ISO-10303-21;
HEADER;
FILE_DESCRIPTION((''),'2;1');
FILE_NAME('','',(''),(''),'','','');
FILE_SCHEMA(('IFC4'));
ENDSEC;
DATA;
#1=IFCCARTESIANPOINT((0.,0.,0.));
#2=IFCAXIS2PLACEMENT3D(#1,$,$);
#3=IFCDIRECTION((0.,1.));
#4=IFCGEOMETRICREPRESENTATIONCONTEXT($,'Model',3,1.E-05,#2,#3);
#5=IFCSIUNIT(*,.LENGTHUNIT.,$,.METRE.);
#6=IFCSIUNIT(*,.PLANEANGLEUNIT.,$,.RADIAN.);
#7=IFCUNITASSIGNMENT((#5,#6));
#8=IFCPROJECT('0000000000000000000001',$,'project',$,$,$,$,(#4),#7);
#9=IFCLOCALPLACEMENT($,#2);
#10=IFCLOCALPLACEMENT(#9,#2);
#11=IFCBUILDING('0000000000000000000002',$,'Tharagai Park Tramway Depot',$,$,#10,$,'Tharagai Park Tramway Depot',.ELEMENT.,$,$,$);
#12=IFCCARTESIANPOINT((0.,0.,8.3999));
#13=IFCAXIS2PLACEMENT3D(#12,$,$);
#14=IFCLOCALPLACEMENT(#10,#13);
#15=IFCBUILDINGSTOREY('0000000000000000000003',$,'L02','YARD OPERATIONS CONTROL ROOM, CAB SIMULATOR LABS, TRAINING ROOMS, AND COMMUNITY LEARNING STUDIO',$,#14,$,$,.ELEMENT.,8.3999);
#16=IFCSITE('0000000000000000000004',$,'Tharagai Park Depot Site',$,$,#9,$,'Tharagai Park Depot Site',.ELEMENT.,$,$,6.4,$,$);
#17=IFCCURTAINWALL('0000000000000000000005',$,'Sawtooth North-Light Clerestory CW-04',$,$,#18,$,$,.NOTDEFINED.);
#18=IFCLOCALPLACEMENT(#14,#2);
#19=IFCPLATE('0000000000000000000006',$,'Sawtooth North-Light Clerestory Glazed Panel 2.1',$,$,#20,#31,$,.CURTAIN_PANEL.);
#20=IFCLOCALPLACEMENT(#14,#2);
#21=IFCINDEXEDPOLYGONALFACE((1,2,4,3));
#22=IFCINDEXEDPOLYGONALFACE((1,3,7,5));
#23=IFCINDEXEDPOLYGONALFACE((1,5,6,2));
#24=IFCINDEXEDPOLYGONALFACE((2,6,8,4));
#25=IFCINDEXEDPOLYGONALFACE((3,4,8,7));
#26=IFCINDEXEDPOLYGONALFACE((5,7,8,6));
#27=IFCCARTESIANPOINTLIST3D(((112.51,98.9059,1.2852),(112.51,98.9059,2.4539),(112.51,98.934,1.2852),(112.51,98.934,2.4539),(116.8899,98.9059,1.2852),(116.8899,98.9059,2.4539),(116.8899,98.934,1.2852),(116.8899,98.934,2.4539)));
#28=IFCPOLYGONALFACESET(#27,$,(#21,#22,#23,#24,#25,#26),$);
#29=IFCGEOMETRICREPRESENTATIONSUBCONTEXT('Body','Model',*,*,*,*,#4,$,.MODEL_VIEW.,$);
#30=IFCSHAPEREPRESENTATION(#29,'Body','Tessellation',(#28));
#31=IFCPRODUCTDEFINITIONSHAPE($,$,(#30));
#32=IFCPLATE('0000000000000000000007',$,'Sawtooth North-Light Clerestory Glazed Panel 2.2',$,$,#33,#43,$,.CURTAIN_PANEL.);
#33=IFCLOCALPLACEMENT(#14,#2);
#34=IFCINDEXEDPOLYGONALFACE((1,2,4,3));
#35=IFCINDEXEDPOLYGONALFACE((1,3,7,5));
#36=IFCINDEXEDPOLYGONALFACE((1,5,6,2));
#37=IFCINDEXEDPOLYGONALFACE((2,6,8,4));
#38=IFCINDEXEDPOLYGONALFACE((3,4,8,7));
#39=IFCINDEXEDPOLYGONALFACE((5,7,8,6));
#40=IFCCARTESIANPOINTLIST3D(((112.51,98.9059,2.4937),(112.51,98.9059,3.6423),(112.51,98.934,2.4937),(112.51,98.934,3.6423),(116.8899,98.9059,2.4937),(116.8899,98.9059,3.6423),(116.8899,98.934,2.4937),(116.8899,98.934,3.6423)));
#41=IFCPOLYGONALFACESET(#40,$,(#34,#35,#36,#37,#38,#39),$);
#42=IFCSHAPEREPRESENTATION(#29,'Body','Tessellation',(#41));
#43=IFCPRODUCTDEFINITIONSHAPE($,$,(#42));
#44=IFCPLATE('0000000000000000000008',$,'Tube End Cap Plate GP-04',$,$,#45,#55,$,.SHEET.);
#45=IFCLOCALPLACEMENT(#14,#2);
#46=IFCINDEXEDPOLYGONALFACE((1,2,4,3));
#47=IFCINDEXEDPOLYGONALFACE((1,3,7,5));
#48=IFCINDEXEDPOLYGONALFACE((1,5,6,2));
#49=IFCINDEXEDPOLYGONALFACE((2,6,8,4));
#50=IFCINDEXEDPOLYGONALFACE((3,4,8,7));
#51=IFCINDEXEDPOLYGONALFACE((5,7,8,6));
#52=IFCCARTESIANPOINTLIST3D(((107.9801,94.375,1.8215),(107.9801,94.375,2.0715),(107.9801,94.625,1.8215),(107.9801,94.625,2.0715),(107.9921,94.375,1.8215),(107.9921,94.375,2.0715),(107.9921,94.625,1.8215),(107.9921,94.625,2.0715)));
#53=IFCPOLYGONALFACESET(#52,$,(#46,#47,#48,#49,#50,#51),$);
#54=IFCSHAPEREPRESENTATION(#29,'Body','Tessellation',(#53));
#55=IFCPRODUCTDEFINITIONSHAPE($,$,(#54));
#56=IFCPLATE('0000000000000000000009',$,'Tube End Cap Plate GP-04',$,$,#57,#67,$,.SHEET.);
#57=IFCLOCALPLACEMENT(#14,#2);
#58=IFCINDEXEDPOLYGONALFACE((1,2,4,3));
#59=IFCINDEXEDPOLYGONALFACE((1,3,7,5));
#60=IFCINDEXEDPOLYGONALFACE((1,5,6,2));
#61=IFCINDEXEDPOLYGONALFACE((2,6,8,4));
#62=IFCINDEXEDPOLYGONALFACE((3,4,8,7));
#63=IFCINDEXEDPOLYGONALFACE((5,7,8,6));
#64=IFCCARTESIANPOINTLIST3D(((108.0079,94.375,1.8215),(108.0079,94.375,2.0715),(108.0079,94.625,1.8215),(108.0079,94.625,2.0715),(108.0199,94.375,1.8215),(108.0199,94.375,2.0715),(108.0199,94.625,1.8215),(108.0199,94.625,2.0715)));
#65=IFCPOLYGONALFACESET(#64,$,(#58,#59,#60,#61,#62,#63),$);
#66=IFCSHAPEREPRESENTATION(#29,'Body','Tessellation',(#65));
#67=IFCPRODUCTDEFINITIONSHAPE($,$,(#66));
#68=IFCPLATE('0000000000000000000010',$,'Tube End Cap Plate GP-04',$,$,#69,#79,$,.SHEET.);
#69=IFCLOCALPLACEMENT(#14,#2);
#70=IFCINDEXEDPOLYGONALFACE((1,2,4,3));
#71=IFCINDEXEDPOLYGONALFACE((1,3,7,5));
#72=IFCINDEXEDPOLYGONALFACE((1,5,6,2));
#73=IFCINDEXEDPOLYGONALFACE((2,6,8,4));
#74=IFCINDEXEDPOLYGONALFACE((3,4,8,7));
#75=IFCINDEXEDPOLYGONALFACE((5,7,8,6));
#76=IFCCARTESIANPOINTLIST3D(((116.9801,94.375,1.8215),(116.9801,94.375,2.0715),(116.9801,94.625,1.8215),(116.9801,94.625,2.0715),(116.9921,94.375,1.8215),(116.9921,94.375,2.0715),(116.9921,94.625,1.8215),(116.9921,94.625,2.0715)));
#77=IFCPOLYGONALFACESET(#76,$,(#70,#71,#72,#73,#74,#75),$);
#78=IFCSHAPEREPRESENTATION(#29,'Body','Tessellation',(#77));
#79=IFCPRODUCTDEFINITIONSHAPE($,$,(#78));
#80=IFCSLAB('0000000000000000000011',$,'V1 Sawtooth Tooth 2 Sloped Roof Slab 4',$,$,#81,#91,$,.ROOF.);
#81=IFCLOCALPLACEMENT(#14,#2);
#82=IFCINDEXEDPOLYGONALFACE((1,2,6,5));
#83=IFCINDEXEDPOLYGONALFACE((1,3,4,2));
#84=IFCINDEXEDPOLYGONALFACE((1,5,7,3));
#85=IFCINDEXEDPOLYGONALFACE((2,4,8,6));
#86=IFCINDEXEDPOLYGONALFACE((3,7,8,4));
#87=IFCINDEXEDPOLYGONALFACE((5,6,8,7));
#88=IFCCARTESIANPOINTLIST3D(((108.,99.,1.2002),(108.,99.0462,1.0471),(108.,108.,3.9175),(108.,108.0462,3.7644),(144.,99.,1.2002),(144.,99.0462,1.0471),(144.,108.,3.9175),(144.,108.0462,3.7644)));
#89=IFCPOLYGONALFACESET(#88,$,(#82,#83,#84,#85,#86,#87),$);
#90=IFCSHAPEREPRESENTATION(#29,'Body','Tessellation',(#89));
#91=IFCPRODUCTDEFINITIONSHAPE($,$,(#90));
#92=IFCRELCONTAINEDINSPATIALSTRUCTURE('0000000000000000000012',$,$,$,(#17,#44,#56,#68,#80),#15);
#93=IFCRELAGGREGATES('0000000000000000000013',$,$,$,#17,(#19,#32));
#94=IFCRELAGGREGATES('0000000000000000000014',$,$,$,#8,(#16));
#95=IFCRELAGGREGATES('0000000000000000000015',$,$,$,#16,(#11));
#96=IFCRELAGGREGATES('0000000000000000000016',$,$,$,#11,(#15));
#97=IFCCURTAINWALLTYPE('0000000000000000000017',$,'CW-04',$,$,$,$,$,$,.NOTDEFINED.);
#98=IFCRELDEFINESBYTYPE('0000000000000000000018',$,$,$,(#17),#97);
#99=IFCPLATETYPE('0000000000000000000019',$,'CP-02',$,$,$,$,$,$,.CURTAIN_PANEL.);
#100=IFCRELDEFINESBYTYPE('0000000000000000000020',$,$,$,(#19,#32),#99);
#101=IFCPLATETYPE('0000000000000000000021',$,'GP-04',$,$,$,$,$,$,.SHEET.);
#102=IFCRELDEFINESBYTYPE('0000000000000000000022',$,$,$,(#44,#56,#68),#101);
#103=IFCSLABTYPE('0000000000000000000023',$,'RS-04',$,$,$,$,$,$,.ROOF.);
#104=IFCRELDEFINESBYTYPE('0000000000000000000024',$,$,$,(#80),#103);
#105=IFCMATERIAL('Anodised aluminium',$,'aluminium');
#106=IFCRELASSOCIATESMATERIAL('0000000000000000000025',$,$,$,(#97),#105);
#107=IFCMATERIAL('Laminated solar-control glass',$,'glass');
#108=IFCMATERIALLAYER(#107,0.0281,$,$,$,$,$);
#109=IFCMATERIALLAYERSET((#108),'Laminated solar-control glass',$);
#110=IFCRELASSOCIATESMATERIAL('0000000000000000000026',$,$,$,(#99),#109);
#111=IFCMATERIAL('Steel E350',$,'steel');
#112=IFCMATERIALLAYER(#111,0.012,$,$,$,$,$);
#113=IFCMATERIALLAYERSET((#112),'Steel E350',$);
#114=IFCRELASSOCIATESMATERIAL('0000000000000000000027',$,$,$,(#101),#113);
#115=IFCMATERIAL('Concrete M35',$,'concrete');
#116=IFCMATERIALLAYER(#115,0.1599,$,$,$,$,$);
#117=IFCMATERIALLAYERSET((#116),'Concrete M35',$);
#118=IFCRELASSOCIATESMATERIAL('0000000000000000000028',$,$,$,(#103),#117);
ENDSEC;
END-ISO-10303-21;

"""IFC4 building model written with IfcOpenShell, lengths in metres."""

from ifc_helpers import new_model, si_unit, direction, frame, origin, origin_2d, place, context, subcontext, project, spatial, polyline, rectangle, outline, extrude, material, layer, layer_set, type_object, element, aggregate, save


model = new_model("IFC4")

# Units and contexts
model_context = context("Model", 3, precision=1e-05, world=origin(), true_north=direction((0.0, 1.0)))
body_context = subcontext(model_context, "Body", "Model", "MODEL_VIEW")
ifc_project = project(units=[si_unit("LENGTHUNIT", "METRE"), si_unit("PLANEANGLEUNIT", "RADIAN")], contexts=[model_context])

# Site, building, storey
site_placement = place(None, origin())
site = spatial("IfcSite", under=ifc_project, at=site_placement, Name="Tharagai Park Depot Site", LongName="Tharagai Park Depot Site", CompositionType="ELEMENT", RefElevation=6.4)
building_placement = place(site_placement, origin())
building = spatial("IfcBuilding", under=site, at=building_placement, Name="Tharagai Park Tramway Depot", LongName="Tharagai Park Tramway Depot", CompositionType="ELEMENT")
storey_placement = place(building_placement, frame((0.0, 0.0, 8.3999)))
storey = spatial("IfcBuildingStorey", under=building, at=storey_placement, Name="L02", Description="YARD OPERATIONS CONTROL ROOM, CAB SIMULATOR LABS, TRAINING ROOMS, AND COMMUNITY LEARNING STUDIO", CompositionType="ELEMENT", Elevation=8.3999)

# Shared definitions
ifc_material_1 = material(Name="Steel E350", Category="steel")

# Curtain wall
ifc_material_2 = material(Name="Anodised aluminium", Category="aluminium")
curtain_wall_type = type_object("IfcCurtainWallType", Name="CW-04", PredefinedType="NOTDEFINED", material=ifc_material_2)
curtain_wall_1_placement = place(storey_placement, origin())
curtain_wall_1 = element("IfcCurtainWall", 1, at=curtain_wall_1_placement, inside=storey, type_object=curtain_wall_type, Name="Sawtooth North-Light Clerestory CW-04", PredefinedType="NOTDEFINED")

# Plates
ifc_material_3 = material(Name="Laminated solar-control glass", Category="glass")
ifc_layer_1 = layer(ifc_material_3, 0.0281)
ifc_layer_set_1 = layer_set([ifc_layer_1], Name="Laminated solar-control glass")
plate_type_1 = type_object("IfcPlateType", Name="CP-02", PredefinedType="CURTAIN_PANEL", material=ifc_layer_set_1)
plate_1_placement = place(storey_placement, frame((114.7, 98.9199, 1.2852), z_axis=(0.0, 0.0, 1.0), x_axis=(1.0, 0.0, 0.0)))
plate_1 = element("IfcPlate", 2, at=plate_1_placement, type_object=plate_type_1, Name="Sawtooth North-Light Clerestory Glazed Panel 2.1", PredefinedType="CURTAIN_PANEL", context=body_context, shape_type="SweptSolid", body=[
    extrude(rectangle(XDim=4.3799, YDim=0.0281, at=origin_2d()), origin(), (0.0, 0.0, 1.0), 1.1687),
])
plate_2_placement = place(storey_placement, frame((114.7, 98.9199, 2.4937), z_axis=(0.0, 0.0, 1.0), x_axis=(1.0, 0.0, 0.0)))
plate_2 = element("IfcPlate", 3, at=plate_2_placement, type_object=plate_type_1, Name="Sawtooth North-Light Clerestory Glazed Panel 2.2", PredefinedType="CURTAIN_PANEL", context=body_context, shape_type="SweptSolid", body=[
    extrude(rectangle(XDim=4.3799, YDim=0.0281, at=origin_2d()), origin(), (0.0, 0.0, 1.0), 1.1487),
])
aggregate(curtain_wall_1, [plate_1, plate_2])

# Plates
ifc_layer_2 = layer(ifc_material_1, 0.012)
ifc_layer_set_2 = layer_set([ifc_layer_2], Name="Steel E350")
plate_type_2 = type_object("IfcPlateType", Name="GP-04", PredefinedType="SHEET", material=ifc_layer_set_2)
for number, where, z_axis, x_axis, name in (
    (4, (107.9861, 94.5, 1.8215), (0.0, 0.0, 1.0), (1.0, 0.0, 0.0), "Tube End Cap Plate GP-04"),
    (5, (108.0139, 94.5, 1.8215), (0.0, 0.0, 1.0), (1.0, 0.0, 0.0), "Tube End Cap Plate GP-04"),
    (6, (116.9861, 94.5, 1.8215), (0.0, 0.0, 1.0), (1.0, 0.0, 0.0), "Tube End Cap Plate GP-04"),
):
    element("IfcPlate", number, at=place(storey_placement, frame(where, z_axis=z_axis, x_axis=x_axis)), inside=storey, type_object=plate_type_2, Name=name, PredefinedType="SHEET", context=body_context, shape_type="SweptSolid", body=[
        extrude(rectangle(XDim=0.012, YDim=0.25, at=origin_2d()), origin(), (0.0, 0.0, 1.0), 0.25),
    ])

# Slab
ifc_material_4 = material(Name="Concrete M35", Category="concrete")
ifc_layer_3 = layer(ifc_material_4, 0.1599)
ifc_layer_set_3 = layer_set([ifc_layer_3], Name="Concrete M35")
slab_type = type_object("IfcSlabType", Name="RS-04", PredefinedType="ROOF", material=ifc_layer_set_3)
slab_placement = place(storey_placement, frame((108.0, 99.0, 1.2002), z_axis=(0.0, -0.289034, 0.957319), x_axis=(1.0, 0.0, 0.0)))
element("IfcSlab", 7, at=slab_placement, inside=storey, type_object=slab_type, Name="V1 Sawtooth Tooth 2 Sloped Roof Slab 4", PredefinedType="ROOF", context=body_context, shape_type="SweptSolid", body=[
    extrude(outline(polyline([(0.0, 0.0), (36.0, 0.0), (36.0, 9.4013), (0.0, 9.4013), (0.0, 0.0)])), origin(), (0.0, 0.0, -1.0), 0.1599),
])

save(model, "model.ifc")
